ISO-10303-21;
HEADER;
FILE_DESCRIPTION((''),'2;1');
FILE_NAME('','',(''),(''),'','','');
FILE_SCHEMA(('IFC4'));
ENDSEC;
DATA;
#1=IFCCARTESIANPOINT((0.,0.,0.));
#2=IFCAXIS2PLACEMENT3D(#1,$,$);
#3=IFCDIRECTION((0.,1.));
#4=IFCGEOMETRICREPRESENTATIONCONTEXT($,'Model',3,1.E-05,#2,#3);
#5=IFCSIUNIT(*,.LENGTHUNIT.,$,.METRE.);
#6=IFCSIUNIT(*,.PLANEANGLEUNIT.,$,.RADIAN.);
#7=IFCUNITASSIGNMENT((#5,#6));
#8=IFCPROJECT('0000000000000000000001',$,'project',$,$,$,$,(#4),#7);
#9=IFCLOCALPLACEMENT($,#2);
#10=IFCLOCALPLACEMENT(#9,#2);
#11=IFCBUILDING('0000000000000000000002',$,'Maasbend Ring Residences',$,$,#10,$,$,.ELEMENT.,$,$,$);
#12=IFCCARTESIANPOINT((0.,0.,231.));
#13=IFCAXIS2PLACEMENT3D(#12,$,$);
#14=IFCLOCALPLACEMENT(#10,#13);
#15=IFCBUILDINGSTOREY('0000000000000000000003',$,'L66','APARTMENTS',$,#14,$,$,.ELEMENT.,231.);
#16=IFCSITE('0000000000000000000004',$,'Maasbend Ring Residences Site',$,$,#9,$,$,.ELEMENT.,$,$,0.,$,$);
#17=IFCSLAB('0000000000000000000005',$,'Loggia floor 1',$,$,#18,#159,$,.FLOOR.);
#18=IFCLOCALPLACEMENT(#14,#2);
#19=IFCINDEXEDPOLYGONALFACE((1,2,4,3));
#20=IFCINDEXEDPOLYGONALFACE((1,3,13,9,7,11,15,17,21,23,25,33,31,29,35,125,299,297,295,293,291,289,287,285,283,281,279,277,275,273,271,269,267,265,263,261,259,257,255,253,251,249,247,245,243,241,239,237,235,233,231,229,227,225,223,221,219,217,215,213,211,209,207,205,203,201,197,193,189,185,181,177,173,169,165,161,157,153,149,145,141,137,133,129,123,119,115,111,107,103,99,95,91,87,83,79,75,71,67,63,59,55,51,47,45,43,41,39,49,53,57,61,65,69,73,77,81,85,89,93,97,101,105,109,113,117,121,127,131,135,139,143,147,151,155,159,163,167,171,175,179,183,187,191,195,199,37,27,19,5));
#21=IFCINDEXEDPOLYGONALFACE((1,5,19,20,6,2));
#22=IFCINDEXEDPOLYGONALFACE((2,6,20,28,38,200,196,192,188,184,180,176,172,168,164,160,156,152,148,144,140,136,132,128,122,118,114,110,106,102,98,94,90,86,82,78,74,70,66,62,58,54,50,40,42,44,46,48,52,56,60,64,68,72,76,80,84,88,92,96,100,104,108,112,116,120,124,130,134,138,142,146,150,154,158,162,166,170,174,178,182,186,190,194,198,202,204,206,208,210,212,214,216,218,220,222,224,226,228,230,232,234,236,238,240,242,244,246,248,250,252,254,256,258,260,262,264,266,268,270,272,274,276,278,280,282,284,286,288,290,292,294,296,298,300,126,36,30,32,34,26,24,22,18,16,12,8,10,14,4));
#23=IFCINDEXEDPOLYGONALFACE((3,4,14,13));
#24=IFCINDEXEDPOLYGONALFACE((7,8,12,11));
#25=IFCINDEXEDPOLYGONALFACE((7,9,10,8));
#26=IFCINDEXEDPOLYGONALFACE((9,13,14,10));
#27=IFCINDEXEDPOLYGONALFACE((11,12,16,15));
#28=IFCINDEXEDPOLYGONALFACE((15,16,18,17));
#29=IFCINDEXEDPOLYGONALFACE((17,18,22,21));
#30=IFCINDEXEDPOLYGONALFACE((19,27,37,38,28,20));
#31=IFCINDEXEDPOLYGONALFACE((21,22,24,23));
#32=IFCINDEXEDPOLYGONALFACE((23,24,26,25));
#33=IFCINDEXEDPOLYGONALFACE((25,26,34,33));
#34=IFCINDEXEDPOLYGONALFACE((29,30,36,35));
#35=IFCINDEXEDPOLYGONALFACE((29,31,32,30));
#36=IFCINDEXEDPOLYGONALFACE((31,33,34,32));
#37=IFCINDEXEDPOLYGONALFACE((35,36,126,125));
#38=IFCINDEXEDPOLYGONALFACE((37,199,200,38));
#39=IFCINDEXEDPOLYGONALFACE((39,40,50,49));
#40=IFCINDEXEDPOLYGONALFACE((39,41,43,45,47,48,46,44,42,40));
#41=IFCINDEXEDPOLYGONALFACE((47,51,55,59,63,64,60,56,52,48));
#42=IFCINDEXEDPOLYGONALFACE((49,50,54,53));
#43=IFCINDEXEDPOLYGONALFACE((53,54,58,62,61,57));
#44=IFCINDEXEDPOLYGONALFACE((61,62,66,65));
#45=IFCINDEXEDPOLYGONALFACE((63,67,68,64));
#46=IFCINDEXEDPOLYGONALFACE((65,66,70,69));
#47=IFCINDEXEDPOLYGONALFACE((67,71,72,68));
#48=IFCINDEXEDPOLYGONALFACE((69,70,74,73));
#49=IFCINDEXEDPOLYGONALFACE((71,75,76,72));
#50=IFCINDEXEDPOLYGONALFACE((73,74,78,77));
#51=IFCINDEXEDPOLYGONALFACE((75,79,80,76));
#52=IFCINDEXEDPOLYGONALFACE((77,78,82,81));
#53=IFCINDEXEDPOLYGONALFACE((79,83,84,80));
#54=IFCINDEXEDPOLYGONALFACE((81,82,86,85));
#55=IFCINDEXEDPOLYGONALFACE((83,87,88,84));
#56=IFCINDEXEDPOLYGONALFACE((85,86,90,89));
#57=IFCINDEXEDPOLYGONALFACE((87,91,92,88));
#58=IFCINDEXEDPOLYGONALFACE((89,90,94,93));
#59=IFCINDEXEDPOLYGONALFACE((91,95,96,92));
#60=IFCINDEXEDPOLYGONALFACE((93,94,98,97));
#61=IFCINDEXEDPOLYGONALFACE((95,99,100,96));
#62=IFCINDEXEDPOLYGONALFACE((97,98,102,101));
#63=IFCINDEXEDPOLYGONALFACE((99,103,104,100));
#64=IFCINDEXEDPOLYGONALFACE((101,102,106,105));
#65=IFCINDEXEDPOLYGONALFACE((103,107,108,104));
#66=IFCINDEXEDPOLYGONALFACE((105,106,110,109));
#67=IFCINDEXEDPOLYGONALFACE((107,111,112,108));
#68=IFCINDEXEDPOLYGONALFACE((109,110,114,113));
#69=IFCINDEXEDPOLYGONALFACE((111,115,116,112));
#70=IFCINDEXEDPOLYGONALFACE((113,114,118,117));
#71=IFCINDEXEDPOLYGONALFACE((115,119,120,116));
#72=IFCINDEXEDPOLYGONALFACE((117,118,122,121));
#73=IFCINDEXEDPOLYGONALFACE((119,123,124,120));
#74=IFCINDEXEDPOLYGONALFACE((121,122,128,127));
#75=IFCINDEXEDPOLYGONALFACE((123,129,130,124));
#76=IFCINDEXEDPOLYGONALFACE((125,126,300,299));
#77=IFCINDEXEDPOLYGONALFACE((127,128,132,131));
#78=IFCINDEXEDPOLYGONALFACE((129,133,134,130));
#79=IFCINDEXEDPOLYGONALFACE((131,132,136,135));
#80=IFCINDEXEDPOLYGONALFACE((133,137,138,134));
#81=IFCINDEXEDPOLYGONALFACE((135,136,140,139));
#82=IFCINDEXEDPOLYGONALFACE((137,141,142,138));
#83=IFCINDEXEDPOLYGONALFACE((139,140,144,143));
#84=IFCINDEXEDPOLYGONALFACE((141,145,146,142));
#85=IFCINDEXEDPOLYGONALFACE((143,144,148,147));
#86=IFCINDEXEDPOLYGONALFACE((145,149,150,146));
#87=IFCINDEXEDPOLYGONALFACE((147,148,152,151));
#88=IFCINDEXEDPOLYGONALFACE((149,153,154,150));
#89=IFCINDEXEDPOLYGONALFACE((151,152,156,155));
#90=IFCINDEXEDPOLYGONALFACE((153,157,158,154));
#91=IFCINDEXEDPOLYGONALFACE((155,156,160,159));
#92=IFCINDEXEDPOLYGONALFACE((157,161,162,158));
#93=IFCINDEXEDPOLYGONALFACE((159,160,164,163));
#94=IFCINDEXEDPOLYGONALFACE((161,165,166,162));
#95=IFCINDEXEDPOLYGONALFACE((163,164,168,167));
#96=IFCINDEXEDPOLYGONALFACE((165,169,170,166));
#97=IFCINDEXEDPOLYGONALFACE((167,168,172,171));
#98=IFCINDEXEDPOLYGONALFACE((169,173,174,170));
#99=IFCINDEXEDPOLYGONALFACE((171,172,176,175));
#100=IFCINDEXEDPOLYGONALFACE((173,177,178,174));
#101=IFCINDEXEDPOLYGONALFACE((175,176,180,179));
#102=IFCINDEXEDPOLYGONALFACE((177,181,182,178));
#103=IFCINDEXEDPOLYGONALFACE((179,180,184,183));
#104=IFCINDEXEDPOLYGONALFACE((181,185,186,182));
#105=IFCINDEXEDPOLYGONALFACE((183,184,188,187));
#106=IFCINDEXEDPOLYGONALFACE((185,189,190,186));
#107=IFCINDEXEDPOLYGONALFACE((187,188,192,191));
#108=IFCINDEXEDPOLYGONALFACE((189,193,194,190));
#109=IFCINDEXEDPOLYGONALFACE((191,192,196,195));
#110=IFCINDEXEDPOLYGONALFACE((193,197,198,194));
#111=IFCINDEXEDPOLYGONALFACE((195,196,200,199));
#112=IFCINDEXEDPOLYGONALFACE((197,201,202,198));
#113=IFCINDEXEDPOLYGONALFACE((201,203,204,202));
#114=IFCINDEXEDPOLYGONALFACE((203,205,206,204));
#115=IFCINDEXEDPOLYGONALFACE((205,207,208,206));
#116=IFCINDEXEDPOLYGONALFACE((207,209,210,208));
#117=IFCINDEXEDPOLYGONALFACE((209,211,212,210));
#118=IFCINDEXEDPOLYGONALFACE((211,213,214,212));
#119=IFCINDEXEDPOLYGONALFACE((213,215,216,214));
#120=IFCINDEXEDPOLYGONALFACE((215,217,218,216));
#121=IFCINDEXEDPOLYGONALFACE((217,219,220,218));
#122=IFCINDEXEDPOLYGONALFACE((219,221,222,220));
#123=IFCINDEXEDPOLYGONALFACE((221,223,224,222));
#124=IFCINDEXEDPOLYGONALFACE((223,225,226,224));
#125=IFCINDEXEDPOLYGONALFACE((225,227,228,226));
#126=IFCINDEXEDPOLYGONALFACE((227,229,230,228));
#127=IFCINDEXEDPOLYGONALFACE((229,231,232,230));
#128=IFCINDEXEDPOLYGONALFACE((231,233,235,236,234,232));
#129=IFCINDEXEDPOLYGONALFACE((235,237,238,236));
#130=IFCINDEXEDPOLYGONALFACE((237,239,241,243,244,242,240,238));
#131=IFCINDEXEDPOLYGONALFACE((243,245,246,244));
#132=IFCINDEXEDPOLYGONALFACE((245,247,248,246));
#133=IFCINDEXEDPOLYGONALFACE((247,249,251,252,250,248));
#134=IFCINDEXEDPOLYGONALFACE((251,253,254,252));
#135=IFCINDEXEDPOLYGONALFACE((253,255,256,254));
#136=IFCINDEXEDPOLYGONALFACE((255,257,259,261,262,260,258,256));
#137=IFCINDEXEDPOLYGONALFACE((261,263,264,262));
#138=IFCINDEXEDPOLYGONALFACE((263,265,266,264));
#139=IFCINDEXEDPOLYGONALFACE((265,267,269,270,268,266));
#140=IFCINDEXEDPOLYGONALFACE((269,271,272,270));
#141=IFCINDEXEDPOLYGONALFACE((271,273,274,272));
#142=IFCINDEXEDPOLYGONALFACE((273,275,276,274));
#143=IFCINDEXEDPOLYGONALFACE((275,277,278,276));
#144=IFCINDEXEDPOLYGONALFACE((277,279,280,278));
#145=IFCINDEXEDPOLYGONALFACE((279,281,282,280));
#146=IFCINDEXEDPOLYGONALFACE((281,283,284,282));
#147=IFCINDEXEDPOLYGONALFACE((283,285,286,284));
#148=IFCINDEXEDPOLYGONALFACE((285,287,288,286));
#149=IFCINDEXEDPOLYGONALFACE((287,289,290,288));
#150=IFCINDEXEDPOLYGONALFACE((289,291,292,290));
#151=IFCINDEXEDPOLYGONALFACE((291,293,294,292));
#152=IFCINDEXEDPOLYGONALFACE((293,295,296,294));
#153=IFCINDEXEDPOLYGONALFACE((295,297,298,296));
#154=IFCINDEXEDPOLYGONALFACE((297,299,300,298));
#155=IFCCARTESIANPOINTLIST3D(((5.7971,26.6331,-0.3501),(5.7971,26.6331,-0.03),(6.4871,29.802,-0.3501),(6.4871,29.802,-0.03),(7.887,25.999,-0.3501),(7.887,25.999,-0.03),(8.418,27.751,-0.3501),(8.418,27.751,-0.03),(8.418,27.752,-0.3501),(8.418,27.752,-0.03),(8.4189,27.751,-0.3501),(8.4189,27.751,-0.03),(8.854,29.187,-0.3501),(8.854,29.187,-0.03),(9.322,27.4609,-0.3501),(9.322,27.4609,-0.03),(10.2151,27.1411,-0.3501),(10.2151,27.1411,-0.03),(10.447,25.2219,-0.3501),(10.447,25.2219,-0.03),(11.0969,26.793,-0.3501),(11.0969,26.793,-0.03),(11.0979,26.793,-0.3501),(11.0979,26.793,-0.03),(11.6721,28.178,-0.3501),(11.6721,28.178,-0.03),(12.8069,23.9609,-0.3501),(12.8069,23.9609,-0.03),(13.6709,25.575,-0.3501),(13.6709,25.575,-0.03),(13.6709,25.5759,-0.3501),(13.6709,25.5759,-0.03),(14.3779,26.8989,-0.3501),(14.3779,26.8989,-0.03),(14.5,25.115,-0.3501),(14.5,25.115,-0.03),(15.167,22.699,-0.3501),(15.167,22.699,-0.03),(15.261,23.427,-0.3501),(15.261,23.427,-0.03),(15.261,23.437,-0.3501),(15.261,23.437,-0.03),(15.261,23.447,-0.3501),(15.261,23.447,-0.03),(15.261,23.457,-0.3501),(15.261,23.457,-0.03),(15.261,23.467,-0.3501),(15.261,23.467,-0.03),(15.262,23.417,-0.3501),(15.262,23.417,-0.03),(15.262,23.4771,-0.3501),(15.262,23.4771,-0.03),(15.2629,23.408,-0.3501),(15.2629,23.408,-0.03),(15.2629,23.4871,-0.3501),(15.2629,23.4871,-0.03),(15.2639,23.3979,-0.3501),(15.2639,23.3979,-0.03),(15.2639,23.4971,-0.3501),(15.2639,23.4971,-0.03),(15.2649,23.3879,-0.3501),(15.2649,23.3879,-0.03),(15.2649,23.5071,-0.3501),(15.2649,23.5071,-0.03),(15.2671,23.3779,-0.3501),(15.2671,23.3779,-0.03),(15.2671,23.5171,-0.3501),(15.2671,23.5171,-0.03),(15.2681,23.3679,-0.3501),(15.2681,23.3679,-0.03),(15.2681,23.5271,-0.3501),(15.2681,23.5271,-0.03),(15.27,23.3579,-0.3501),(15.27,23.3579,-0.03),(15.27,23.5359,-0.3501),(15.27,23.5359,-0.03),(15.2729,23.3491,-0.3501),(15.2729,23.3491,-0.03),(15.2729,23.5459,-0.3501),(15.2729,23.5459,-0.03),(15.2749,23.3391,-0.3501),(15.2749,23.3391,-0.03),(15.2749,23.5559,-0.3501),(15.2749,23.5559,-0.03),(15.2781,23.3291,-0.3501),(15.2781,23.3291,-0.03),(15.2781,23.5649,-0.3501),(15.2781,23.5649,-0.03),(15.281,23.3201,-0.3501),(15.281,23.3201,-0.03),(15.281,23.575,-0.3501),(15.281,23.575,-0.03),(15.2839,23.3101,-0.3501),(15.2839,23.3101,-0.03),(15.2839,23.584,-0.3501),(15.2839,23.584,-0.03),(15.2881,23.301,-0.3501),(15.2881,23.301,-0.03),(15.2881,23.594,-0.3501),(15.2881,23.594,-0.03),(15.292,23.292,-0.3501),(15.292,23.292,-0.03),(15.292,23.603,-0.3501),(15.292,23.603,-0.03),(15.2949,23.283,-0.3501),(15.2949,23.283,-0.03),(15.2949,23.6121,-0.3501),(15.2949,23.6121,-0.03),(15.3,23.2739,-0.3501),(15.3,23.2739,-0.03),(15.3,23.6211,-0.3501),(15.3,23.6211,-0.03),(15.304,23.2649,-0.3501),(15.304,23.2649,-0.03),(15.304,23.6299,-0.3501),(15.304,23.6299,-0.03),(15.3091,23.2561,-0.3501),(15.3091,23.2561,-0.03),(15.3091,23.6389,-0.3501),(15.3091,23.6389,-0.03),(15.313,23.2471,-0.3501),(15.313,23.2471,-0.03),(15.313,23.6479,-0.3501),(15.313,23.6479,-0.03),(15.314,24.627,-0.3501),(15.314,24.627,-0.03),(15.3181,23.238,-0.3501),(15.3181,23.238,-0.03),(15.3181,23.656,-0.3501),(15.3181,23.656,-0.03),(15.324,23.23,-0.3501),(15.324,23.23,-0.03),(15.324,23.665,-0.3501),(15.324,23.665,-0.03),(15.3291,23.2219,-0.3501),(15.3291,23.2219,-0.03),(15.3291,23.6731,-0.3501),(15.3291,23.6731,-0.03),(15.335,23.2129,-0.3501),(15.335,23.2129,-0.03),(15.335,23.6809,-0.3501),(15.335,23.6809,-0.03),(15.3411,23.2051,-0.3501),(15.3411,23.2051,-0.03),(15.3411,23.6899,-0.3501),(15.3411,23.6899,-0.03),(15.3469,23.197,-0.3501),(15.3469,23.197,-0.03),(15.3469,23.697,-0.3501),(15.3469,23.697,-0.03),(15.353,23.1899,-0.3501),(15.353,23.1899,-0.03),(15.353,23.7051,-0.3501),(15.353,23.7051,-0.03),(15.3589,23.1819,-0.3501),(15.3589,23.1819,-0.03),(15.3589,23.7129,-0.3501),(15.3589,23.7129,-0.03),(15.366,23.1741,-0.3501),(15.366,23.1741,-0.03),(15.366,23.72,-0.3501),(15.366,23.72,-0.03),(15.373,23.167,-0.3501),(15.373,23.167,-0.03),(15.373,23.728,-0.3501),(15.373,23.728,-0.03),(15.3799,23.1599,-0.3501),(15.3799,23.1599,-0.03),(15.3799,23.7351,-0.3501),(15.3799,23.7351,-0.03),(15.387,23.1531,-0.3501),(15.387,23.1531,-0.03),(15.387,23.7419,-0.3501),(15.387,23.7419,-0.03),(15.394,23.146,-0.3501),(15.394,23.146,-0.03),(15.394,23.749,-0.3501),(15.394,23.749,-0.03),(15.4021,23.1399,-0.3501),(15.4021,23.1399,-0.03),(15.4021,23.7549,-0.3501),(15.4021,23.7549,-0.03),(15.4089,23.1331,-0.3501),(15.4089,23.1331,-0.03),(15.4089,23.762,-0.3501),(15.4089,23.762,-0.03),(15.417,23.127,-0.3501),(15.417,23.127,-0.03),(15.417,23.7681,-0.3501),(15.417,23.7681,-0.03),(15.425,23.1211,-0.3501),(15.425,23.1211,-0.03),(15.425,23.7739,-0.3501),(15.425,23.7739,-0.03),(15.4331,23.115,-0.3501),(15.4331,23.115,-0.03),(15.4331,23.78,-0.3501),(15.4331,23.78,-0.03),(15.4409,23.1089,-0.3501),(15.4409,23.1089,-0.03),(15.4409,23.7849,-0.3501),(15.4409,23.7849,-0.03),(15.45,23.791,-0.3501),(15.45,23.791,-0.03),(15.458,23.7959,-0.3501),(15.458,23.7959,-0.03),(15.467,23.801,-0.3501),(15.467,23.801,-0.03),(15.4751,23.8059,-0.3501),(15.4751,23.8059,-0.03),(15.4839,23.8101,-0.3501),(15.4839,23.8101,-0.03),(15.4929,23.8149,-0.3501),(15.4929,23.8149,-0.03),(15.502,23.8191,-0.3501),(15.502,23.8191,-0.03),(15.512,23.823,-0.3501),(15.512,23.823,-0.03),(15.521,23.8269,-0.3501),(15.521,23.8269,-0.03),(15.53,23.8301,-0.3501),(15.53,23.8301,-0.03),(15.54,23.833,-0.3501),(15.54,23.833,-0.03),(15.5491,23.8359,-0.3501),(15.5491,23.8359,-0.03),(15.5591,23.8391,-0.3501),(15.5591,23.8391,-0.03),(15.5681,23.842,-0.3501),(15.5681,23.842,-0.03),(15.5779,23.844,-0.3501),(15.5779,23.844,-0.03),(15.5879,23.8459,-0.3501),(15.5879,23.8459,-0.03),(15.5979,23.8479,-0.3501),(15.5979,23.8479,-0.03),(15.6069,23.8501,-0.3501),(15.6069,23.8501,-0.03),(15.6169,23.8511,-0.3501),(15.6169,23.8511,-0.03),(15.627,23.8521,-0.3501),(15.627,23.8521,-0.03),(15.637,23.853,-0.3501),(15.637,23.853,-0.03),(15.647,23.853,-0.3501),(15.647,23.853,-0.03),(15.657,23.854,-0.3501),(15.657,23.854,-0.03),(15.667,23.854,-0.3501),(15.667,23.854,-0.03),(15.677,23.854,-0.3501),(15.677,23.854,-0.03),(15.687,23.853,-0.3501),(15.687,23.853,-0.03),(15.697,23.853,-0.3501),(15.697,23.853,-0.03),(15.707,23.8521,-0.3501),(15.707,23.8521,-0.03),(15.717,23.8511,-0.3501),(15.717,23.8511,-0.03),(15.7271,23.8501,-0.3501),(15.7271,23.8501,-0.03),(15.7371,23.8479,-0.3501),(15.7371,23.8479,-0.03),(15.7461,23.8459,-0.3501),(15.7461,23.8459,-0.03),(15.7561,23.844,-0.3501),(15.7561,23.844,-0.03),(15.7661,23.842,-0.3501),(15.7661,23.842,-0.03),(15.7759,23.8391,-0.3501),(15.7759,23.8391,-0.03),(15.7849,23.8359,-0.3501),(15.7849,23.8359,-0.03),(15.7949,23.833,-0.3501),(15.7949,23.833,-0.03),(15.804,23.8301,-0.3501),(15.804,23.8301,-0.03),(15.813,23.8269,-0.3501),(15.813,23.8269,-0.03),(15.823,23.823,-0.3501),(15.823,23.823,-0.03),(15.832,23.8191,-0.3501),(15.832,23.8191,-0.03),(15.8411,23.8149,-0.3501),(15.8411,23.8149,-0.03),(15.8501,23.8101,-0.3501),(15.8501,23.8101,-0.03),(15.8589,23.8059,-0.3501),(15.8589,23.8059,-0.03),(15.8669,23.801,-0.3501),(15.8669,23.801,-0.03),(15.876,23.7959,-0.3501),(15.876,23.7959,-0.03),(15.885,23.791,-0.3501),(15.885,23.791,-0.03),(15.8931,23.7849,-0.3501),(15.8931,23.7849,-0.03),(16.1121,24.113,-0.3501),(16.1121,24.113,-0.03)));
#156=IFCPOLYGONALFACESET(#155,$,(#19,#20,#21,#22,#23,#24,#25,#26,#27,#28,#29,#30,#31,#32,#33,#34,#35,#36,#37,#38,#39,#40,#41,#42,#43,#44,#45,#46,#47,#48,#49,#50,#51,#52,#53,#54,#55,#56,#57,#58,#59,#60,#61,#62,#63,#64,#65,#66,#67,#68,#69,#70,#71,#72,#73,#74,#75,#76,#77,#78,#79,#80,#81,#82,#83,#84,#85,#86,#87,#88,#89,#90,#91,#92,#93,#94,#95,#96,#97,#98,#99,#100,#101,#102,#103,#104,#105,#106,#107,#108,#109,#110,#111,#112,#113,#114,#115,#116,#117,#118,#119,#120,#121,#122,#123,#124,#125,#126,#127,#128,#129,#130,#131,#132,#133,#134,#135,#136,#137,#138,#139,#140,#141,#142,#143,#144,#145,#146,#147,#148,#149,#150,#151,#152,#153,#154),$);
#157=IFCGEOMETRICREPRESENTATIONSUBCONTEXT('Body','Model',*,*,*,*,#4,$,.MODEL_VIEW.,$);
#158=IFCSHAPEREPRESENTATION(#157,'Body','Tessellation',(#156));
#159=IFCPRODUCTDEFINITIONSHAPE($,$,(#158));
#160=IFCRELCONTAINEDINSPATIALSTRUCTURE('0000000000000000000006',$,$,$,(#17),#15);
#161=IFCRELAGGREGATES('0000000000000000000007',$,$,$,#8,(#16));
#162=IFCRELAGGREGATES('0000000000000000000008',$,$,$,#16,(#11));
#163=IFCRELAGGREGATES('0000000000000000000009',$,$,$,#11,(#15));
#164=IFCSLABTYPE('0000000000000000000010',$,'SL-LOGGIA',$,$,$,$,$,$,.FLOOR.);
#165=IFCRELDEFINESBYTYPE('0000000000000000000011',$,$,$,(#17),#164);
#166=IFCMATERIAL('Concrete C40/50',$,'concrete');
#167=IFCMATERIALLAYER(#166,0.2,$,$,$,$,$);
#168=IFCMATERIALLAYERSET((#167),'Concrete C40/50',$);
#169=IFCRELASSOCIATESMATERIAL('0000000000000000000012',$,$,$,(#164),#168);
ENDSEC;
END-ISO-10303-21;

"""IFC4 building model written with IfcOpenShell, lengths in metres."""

from ifc_helpers import new_model, si_unit, direction, frame, origin, place, context, subcontext, project, spatial, polyline, outline, extrude, material, layer, layer_set, type_object, element, save


model = new_model("IFC4")

# Units and contexts
model_context = context("Model", 3, precision=1e-05, world=origin(), true_north=direction((0.0, 1.0)))
body_context = subcontext(model_context, "Body", "Model", "MODEL_VIEW")
ifc_project = project(units=[si_unit("LENGTHUNIT", "METRE"), si_unit("PLANEANGLEUNIT", "RADIAN")], contexts=[model_context])

# Site, building, storey
site_placement = place(None, origin())
site = spatial("IfcSite", under=ifc_project, at=site_placement, Name="Maasbend Ring Residences Site", CompositionType="ELEMENT", RefElevation=0.0)
building_placement = place(site_placement, origin())
building = spatial("IfcBuilding", under=site, at=building_placement, Name="Maasbend Ring Residences", CompositionType="ELEMENT")
storey_placement = place(building_placement, frame((0.0, 0.0, 231.0)))
storey = spatial("IfcBuildingStorey", under=building, at=storey_placement, Name="L66", Description="APARTMENTS", CompositionType="ELEMENT", Elevation=231.0)

# Slab
ifc_material_1 = material(Name="Concrete C40/50", Category="concrete")
ifc_layer_1 = layer(ifc_material_1, 0.2)
ifc_layer_set_1 = layer_set([ifc_layer_1], Name="Concrete C40/50")
slab_type_1 = type_object("IfcSlabType", Name="SL-LOGGIA", PredefinedType="FLOOR", material=ifc_layer_set_1)
slab_1_placement = place(storey_placement, frame((0.0, 0.0, -0.3501)))
element("IfcSlab", 1, at=slab_1_placement, inside=storey, type_object=slab_type_1, Name="Loggia floor 1", PredefinedType="FLOOR", context=body_context, shape_type="SweptSolid", body=[
    extrude(outline(polyline([(8.854, 29.187), (8.854, 29.187), (8.854, 29.187), (8.418, 27.752), (8.418, 27.752), (8.418, 27.752), (8.418, 27.752), (8.418, 27.752), (8.418, 27.752), (8.418, 27.751), (8.418, 27.751), (8.418, 27.751), (8.418, 27.751), (8.418, 27.751), (8.4189, 27.751), (8.4189, 27.751), (8.4189, 27.751), (8.4189, 27.751), (8.4189, 27.751), (8.4189, 27.751), (9.322, 27.4609), (9.322, 27.4609), (10.2151, 27.1411), (10.2151, 27.1411), (11.0969, 26.793), (11.0969, 26.793), (11.0969, 26.793), (11.0979, 26.793), (11.0979, 26.793), (11.0979, 26.793), (11.0979, 26.793), (11.0979, 26.793), (11.0979, 26.793), (11.0979, 26.793), (11.0979, 26.793), (11.0979, 26.793), (11.0979, 26.793), (11.0979, 26.793), (11.0979, 26.793), (11.0979, 26.793), (11.0979, 26.793), (11.6721, 28.178), (11.6721, 28.178), (11.6721, 28.178), (14.3779, 26.8989), (14.3779, 26.8989), (14.3779, 26.8989), (13.6709, 25.5759), (13.6709, 25.5759), (13.6709, 25.5759), (13.6709, 25.5759), (13.6709, 25.5759), (13.6709, 25.5759), (13.6709, 25.5759), (13.6709, 25.5759), (13.6709, 25.5759), (13.6709, 25.5759), (13.6709, 25.5759), (13.6709, 25.5759), (13.6709, 25.5759), (13.6709, 25.5759), (13.6709, 25.5759), (13.6709, 25.5759), (13.6709, 25.575), (14.5, 25.115), (14.5, 25.115), (15.314, 24.627), (15.314, 24.627), (16.1121, 24.113), (16.1121, 24.113), (16.1121, 24.113), (15.8931, 23.7849), (15.885, 23.791), (15.876, 23.7959), (15.8669, 23.801), (15.8589, 23.8059), (15.8501, 23.8101), (15.8411, 23.8149), (15.832, 23.8191), (15.823, 23.823), (15.813, 23.8269), (15.804, 23.8301), (15.7949, 23.833), (15.7849, 23.8359), (15.7759, 23.8391), (15.7661, 23.842), (15.7561, 23.844), (15.7461, 23.8459), (15.7371, 23.8479), (15.7271, 23.8501), (15.717, 23.8511), (15.707, 23.8521), (15.697, 23.853), (15.687, 23.853), (15.677, 23.854), (15.667, 23.854), (15.657, 23.854), (15.647, 23.853), (15.637, 23.853), (15.627, 23.8521), (15.6169, 23.8511), (15.6069, 23.8501), (15.5979, 23.8479), (15.5879, 23.8459), (15.5779, 23.844), (15.5681, 23.842), (15.5591, 23.8391), (15.5491, 23.8359), (15.54, 23.833), (15.53, 23.8301), (15.521, 23.8269), (15.512, 23.823), (15.502, 23.8191), (15.4929, 23.8149), (15.4839, 23.8101), (15.4751, 23.8059), (15.467, 23.801), (15.458, 23.7959), (15.45, 23.791), (15.4409, 23.7849), (15.4331, 23.78), (15.425, 23.7739), (15.417, 23.7681), (15.4089, 23.762), (15.4021, 23.7549), (15.394, 23.749), (15.387, 23.7419), (15.3799, 23.7351), (15.373, 23.728), (15.366, 23.72), (15.3589, 23.7129), (15.353, 23.7051), (15.3469, 23.697), (15.3411, 23.6899), (15.335, 23.6809), (15.3291, 23.6731), (15.324, 23.665), (15.3181, 23.656), (15.313, 23.6479), (15.3091, 23.6389), (15.304, 23.6299), (15.3, 23.6211), (15.2949, 23.6121), (15.292, 23.603), (15.2881, 23.594), (15.2839, 23.584), (15.281, 23.575), (15.2781, 23.5649), (15.2749, 23.5559), (15.2729, 23.5459), (15.27, 23.5359), (15.2681, 23.5271), (15.2671, 23.5171), (15.2649, 23.5071), (15.2639, 23.4971), (15.2629, 23.4871), (15.262, 23.4771), (15.261, 23.467), (15.261, 23.457), (15.261, 23.447), (15.261, 23.437), (15.261, 23.427), (15.262, 23.417), (15.2629, 23.408), (15.2639, 23.3979), (15.2649, 23.3879), (15.2671, 23.3779), (15.2681, 23.3679), (15.27, 23.3579), (15.2729, 23.3491), (15.2749, 23.3391), (15.2781, 23.3291), (15.281, 23.3201), (15.2839, 23.3101), (15.2881, 23.301), (15.292, 23.292), (15.2949, 23.283), (15.3, 23.2739), (15.304, 23.2649), (15.3091, 23.2561), (15.313, 23.2471), (15.3181, 23.238), (15.324, 23.23), (15.3291, 23.2219), (15.335, 23.2129), (15.3411, 23.2051), (15.3469, 23.197), (15.353, 23.1899), (15.3589, 23.1819), (15.366, 23.1741), (15.373, 23.167), (15.3799, 23.1599), (15.387, 23.1531), (15.394, 23.146), (15.4021, 23.1399), (15.4089, 23.1331), (15.417, 23.127), (15.425, 23.1211), (15.4331, 23.115), (15.4409, 23.1089), (15.167, 22.699), (15.167, 22.699), (15.167, 22.699), (12.8069, 23.9609), (10.447, 25.2219), (10.447, 25.2219), (10.447, 25.2219), (7.887, 25.999), (5.7971, 26.6331), (5.7971, 26.6331), (5.7971, 26.6331), (6.4871, 29.802), (6.4871, 29.802), (6.4871, 29.802), (8.854, 29.187)])), origin(), (0.0, 0.0, 1.0), 0.3201),
])

save(model, "model.ifc")
